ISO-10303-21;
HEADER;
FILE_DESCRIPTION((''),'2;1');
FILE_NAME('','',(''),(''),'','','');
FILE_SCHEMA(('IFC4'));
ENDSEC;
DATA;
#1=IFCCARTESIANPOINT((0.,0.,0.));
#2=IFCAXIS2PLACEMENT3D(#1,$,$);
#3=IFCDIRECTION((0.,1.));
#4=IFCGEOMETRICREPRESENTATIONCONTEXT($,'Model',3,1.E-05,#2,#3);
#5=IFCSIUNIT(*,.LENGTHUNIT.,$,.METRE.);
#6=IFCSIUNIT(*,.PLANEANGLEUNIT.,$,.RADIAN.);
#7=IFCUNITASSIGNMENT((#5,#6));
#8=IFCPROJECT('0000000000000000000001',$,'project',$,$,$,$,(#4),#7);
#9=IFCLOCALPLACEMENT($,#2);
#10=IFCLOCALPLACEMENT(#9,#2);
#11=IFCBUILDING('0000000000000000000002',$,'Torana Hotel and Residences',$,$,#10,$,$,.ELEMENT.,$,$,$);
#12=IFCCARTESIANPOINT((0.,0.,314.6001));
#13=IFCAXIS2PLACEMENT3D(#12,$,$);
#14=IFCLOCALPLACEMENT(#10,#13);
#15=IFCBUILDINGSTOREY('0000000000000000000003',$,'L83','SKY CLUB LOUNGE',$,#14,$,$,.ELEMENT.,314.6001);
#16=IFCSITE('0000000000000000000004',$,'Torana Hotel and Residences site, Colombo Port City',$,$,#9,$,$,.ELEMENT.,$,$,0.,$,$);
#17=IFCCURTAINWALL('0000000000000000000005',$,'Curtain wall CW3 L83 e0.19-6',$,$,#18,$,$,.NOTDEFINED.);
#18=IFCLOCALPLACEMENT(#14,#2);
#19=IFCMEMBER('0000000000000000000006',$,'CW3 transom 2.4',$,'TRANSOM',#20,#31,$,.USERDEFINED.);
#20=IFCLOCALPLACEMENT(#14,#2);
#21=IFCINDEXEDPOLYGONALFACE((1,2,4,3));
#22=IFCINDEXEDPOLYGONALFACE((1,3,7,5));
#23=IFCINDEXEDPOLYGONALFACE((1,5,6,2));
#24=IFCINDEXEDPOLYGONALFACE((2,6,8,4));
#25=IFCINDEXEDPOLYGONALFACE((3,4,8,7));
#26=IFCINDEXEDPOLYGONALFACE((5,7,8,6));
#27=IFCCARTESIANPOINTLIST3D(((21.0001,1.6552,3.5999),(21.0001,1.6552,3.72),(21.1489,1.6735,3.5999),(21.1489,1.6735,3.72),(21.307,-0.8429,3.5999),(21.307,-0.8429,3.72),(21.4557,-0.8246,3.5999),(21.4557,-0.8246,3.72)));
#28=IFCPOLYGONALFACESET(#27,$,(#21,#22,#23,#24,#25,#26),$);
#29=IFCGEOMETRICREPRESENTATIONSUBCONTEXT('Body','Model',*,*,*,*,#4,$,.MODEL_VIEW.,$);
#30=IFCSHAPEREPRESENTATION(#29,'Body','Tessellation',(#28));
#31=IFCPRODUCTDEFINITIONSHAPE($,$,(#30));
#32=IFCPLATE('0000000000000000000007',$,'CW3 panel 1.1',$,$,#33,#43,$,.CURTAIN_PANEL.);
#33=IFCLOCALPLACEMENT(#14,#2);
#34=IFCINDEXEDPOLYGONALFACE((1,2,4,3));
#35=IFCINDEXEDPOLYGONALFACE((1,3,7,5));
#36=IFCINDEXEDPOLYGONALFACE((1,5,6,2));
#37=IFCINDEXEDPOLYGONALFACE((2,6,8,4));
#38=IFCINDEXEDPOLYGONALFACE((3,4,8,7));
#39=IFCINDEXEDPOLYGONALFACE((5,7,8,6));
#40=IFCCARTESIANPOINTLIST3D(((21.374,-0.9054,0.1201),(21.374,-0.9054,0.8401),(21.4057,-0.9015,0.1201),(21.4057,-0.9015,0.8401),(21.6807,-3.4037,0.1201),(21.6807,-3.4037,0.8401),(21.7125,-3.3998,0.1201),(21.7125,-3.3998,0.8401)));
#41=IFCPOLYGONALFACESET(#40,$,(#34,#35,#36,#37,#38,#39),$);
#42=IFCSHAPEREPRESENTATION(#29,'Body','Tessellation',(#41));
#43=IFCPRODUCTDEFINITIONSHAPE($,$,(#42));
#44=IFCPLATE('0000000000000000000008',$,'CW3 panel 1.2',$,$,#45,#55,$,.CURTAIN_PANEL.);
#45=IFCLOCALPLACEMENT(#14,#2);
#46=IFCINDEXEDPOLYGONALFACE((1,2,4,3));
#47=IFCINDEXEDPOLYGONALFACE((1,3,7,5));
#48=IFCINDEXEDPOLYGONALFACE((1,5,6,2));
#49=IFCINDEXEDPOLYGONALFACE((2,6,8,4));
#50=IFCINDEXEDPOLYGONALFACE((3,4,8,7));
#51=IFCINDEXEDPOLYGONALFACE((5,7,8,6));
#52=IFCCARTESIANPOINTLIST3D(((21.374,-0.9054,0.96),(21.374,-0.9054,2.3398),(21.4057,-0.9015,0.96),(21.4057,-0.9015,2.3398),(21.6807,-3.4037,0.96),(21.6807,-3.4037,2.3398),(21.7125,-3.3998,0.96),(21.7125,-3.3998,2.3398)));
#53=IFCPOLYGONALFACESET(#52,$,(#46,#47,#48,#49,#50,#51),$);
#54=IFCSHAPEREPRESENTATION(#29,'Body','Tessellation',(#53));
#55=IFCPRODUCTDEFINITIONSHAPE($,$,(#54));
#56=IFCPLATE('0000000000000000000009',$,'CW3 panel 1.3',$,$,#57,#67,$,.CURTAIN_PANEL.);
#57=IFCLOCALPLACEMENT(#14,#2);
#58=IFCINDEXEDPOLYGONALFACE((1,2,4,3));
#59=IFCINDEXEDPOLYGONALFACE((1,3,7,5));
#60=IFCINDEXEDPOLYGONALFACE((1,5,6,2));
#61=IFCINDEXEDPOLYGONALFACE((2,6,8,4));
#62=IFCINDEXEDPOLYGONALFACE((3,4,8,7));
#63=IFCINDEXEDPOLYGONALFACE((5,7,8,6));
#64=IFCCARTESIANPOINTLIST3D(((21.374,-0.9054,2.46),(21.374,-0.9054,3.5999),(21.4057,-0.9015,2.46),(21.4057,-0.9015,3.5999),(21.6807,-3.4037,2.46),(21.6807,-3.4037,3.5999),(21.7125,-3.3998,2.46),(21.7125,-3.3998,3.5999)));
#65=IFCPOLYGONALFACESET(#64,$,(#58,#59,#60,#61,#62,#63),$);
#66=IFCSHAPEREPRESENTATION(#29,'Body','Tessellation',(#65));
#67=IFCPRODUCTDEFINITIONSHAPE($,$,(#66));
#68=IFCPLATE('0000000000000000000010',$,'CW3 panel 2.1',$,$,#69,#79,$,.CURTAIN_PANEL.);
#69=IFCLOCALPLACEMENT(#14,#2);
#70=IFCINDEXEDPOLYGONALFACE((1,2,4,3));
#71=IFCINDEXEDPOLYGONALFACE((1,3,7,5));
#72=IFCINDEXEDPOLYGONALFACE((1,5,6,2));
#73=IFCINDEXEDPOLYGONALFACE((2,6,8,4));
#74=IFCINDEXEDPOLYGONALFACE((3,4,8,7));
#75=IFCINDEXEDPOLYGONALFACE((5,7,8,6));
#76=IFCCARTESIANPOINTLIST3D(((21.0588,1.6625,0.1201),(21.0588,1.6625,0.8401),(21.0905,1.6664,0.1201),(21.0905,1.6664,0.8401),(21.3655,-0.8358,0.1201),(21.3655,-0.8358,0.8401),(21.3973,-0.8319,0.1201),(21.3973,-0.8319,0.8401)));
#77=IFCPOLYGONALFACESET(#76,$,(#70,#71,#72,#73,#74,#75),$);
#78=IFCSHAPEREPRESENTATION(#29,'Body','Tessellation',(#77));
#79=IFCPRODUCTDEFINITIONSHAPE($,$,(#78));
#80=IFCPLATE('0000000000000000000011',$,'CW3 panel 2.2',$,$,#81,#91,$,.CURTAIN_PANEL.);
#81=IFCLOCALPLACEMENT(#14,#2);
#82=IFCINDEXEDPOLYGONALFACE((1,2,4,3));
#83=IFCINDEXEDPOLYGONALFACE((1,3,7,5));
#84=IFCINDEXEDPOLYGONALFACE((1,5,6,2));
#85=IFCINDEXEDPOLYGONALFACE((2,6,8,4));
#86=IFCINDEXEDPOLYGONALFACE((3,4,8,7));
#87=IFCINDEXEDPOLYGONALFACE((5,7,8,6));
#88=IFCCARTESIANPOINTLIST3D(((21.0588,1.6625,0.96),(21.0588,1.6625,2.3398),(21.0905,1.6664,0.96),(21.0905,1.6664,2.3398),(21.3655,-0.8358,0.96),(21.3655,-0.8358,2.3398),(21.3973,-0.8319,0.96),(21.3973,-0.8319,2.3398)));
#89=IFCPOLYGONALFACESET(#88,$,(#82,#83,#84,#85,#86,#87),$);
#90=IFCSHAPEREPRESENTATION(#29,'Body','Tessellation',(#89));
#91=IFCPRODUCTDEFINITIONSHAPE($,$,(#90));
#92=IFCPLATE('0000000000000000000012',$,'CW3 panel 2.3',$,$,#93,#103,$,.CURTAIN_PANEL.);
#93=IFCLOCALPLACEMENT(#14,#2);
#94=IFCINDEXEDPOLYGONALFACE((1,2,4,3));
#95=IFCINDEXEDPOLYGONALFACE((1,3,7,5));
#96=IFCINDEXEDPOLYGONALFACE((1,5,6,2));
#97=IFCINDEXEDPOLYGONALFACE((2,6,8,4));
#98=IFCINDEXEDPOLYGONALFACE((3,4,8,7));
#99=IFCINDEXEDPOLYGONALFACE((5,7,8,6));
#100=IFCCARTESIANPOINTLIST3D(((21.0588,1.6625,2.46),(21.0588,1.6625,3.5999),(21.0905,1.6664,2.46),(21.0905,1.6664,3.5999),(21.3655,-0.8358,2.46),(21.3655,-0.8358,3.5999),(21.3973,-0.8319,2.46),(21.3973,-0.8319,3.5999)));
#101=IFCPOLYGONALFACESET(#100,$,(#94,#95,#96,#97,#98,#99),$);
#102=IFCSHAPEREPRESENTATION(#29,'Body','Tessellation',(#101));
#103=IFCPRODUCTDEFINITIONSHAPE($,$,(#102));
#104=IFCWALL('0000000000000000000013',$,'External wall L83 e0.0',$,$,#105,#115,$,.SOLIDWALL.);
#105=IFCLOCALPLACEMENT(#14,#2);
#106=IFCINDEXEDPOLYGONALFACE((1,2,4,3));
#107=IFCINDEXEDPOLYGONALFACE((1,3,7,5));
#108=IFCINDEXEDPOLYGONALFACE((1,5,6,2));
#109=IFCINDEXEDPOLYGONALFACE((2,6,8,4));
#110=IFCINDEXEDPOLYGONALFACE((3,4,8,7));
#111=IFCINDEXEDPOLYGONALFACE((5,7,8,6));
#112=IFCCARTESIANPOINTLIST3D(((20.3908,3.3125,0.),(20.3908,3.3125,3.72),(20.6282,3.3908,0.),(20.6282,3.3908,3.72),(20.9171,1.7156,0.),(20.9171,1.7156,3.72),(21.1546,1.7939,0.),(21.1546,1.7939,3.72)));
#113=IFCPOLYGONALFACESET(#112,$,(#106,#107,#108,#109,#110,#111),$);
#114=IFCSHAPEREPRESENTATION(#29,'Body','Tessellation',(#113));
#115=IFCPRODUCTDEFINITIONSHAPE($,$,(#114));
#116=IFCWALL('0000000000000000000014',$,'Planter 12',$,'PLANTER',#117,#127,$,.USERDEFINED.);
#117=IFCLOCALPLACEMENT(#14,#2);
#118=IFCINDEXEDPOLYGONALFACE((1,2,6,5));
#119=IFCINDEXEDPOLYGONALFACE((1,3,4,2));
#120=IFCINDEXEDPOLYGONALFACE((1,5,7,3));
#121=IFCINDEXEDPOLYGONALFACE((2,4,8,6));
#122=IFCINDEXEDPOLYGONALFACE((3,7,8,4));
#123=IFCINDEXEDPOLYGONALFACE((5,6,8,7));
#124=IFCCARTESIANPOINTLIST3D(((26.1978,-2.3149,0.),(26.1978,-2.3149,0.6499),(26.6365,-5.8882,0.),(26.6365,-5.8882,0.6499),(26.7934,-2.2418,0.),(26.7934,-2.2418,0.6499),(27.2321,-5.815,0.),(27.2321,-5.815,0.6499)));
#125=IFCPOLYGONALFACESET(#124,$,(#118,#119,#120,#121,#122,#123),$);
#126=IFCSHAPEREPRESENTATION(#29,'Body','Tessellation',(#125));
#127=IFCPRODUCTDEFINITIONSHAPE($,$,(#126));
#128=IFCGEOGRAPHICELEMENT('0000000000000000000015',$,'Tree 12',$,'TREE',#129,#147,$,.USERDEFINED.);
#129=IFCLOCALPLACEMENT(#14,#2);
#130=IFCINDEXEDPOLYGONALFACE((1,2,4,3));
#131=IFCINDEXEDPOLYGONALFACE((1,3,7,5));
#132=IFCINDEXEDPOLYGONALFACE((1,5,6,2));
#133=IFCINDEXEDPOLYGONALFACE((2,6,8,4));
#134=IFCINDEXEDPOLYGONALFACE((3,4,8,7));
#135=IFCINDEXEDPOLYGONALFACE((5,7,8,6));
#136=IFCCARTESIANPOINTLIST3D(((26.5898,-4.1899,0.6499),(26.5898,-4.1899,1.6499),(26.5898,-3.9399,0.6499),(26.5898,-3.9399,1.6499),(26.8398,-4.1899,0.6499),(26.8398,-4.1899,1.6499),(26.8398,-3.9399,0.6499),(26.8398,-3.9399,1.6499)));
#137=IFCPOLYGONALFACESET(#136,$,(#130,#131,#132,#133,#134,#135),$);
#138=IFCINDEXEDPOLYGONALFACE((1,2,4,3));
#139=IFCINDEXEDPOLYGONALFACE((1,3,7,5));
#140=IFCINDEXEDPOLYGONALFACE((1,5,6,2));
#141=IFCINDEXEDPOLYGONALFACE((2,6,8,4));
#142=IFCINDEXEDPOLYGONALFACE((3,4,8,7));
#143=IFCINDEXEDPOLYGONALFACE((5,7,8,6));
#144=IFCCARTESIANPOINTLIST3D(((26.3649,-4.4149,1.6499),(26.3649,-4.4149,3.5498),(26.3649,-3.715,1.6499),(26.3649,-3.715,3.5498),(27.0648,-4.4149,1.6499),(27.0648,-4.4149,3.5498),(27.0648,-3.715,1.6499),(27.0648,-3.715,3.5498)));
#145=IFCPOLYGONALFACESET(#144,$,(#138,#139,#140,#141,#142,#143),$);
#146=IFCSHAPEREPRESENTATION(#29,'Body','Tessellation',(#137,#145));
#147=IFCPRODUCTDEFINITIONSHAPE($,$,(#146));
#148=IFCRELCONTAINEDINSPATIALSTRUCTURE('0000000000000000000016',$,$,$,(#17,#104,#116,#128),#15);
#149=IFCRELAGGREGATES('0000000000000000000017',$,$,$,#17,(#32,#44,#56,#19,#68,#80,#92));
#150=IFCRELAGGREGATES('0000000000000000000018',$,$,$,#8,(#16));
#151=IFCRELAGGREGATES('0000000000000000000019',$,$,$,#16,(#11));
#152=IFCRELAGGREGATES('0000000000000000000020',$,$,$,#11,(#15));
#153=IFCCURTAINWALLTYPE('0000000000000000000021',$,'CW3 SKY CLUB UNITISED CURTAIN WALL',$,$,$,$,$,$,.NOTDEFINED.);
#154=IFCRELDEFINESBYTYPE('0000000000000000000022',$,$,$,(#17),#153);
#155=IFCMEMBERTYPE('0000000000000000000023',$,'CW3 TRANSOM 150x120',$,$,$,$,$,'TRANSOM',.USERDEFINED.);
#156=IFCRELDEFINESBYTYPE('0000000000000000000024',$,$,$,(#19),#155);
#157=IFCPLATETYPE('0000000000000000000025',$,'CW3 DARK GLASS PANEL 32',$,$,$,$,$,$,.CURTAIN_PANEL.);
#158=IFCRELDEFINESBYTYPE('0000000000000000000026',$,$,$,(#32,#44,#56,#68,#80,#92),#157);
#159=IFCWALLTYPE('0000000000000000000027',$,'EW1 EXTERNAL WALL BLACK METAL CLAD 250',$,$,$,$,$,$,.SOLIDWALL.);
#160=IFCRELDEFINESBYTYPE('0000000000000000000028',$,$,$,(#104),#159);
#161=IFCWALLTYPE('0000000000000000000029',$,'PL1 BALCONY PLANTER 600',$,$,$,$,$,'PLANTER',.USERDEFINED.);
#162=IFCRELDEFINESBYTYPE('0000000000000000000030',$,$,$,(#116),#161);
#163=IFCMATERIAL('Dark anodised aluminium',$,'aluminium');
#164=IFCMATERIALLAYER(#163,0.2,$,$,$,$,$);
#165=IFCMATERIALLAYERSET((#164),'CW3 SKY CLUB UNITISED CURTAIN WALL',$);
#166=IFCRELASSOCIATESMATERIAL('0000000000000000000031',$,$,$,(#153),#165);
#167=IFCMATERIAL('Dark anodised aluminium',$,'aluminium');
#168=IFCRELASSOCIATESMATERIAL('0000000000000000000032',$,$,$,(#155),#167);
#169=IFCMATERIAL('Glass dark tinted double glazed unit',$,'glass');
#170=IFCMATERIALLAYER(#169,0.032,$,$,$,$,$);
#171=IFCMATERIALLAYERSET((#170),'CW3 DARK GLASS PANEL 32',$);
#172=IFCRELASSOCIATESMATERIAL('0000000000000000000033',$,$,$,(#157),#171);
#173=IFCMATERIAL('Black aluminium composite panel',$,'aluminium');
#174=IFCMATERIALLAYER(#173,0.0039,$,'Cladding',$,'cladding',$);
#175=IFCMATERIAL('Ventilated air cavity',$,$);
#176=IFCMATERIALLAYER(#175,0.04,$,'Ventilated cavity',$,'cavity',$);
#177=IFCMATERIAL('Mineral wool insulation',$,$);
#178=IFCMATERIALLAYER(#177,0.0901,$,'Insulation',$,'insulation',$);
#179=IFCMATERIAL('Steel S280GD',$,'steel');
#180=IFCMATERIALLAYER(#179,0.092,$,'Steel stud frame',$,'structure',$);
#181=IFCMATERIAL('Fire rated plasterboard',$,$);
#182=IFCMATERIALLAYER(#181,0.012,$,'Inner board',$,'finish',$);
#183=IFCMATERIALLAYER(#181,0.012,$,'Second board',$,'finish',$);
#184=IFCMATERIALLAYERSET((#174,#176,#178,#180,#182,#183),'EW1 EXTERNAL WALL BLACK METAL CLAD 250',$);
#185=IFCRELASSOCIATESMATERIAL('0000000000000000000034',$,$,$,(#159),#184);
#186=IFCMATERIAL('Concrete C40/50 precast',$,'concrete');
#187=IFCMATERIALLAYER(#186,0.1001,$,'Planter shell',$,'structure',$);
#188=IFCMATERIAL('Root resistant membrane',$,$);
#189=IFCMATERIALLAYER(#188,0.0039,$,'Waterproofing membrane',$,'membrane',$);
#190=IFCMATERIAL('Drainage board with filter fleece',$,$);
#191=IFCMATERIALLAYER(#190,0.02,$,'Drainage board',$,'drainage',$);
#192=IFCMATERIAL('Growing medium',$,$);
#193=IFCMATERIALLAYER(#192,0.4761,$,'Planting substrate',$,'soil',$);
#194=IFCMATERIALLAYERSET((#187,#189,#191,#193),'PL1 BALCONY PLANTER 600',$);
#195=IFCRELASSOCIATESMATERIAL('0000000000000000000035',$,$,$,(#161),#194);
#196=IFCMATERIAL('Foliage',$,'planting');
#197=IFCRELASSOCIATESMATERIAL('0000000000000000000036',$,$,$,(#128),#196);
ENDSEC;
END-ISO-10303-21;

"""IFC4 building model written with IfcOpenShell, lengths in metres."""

from ifc_helpers import new_model, si_unit, direction, frame, frame_2d, origin, origin_2d, place, context, subcontext, project, spatial, rectangle, extrude, material, layer, layer_set, material_profile, profile_set, type_object, element, aggregate, save


model = new_model("IFC4")

# Units and contexts
model_context = context("Model", 3, precision=1e-05, world=origin(), true_north=direction((0.0, 1.0)))
body_context = subcontext(model_context, "Body", "Model", "MODEL_VIEW")
ifc_project = project(units=[si_unit("LENGTHUNIT", "METRE"), si_unit("PLANEANGLEUNIT", "RADIAN")], contexts=[model_context])

# Site, building, storey
site_placement = place(None, origin())
site = spatial("IfcSite", under=ifc_project, at=site_placement, Name="Torana Hotel and Residences site, Colombo Port City", CompositionType="ELEMENT", RefElevation=0.0)
building_placement = place(site_placement, origin())
building = spatial("IfcBuilding", under=site, at=building_placement, Name="Torana Hotel and Residences", CompositionType="ELEMENT")
storey_placement = place(building_placement, frame((0.0, 0.0, 314.6001)))
storey = spatial("IfcBuildingStorey", under=building, at=storey_placement, Name="L83", Description="SKY CLUB LOUNGE", CompositionType="ELEMENT", Elevation=314.6001)

# Curtain wall, member, plates
ifc_material_1 = material(Name="Dark anodised aluminium", Category="aluminium")
ifc_layer_1 = layer(ifc_material_1, 0.2)
ifc_layer_set_1 = layer_set([ifc_layer_1], Name="CW3 SKY CLUB UNITISED CURTAIN WALL")
curtain_wall_type = type_object("IfcCurtainWallType", Name="CW3 SKY CLUB UNITISED CURTAIN WALL", PredefinedType="NOTDEFINED", material=ifc_layer_set_1)
curtain_wall_placement = place(storey_placement, origin())
curtain_wall = element("IfcCurtainWall", 1, at=curtain_wall_placement, inside=storey, type_object=curtain_wall_type, Name="Curtain wall CW3 L83 e0.19-6", PredefinedType="NOTDEFINED")
ifc_material_2 = material(Name="Dark anodised aluminium", Category="aluminium")
ifc_material_profile_1 = material_profile(ifc_material_2, rectangle(XDim=0.1499, YDim=0.1201, at=origin_2d()), Name="CW3 TRANSOM 150x120")
ifc_profile_set_1 = profile_set([ifc_material_profile_1], Name="Dark anodised aluminium")
member_type_1 = type_object("IfcMemberType", Name="CW3 TRANSOM 150x120", ElementType="TRANSOM", PredefinedType="USERDEFINED", material=ifc_profile_set_1)
member_1_placement = place(storey_placement, frame((21.3813, -0.8337, 3.6599), z_axis=(-0.121933, 0.992538, 0.0), x_axis=(-0.992538, -0.121933, 0.0)))
member_1 = element("IfcMember", 2, at=member_1_placement, type_object=member_type_1, Name="CW3 transom 2.4", ObjectType="TRANSOM", PredefinedType="USERDEFINED", context=body_context, shape_type="SweptSolid", body=[
    extrude(rectangle(XDim=0.1499, YDim=0.1201, at=origin_2d()), origin(), (0.0, 0.0, 1.0), 2.5168),
])
ifc_material_3 = material(Name="Glass dark tinted double glazed unit", Category="glass")
ifc_layer_2 = layer(ifc_material_3, 0.032)
ifc_layer_set_2 = layer_set([ifc_layer_2], Name="CW3 DARK GLASS PANEL 32")
plate_type = type_object("IfcPlateType", Name="CW3 DARK GLASS PANEL 32", PredefinedType="CURTAIN_PANEL", material=ifc_layer_set_2)
plate_1_placement = place(storey_placement, frame((21.5432, -2.1526, 0.1201), z_axis=(0.0, 0.0, 1.0), x_axis=(-0.121871, 0.992546, 0.0)))
plate_1 = element("IfcPlate", 3, at=plate_1_placement, type_object=plate_type, Name="CW3 panel 1.1", PredefinedType="CURTAIN_PANEL", context=body_context, shape_type="SweptSolid", body=[
    extrude(rectangle(XDim=2.5171, YDim=0.032, at=origin_2d()), origin(), (0.0, 0.0, 1.0), 0.72),
])
plate_2_placement = place(storey_placement, frame((21.5432, -2.1526, 0.96), z_axis=(0.0, 0.0, 1.0), x_axis=(-0.121871, 0.992546, 0.0)))
plate_2 = element("IfcPlate", 4, at=plate_2_placement, type_object=plate_type, Name="CW3 panel 1.2", PredefinedType="CURTAIN_PANEL", context=body_context, shape_type="SweptSolid", body=[
    extrude(rectangle(XDim=2.5171, YDim=0.032, at=origin_2d()), origin(), (0.0, 0.0, 1.0), 1.3799),
])
plate_3_placement = place(storey_placement, frame((21.5432, -2.1526, 2.46), z_axis=(0.0, 0.0, 1.0), x_axis=(-0.121871, 0.992546, 0.0)))
plate_3 = element("IfcPlate", 5, at=plate_3_placement, type_object=plate_type, Name="CW3 panel 1.3", PredefinedType="CURTAIN_PANEL", context=body_context, shape_type="SweptSolid", body=[
    extrude(rectangle(XDim=2.5171, YDim=0.032, at=origin_2d()), origin(), (0.0, 0.0, 1.0), 1.1399),
])
plate_4_placement = place(storey_placement, frame((21.228, 0.4153, 0.1201), z_axis=(0.0, 0.0, 1.0), x_axis=(-0.121871, 0.992546, 0.0)))
plate_4 = element("IfcPlate", 6, at=plate_4_placement, type_object=plate_type, Name="CW3 panel 2.1", PredefinedType="CURTAIN_PANEL", context=body_context, shape_type="SweptSolid", body=[
    extrude(rectangle(XDim=2.5171, YDim=0.032, at=origin_2d()), origin(), (0.0, 0.0, 1.0), 0.72),
])
plate_5_placement = place(storey_placement, frame((21.228, 0.4153, 0.96), z_axis=(0.0, 0.0, 1.0), x_axis=(-0.121871, 0.992546, 0.0)))
plate_5 = element("IfcPlate", 7, at=plate_5_placement, type_object=plate_type, Name="CW3 panel 2.2", PredefinedType="CURTAIN_PANEL", context=body_context, shape_type="SweptSolid", body=[
    extrude(rectangle(XDim=2.5171, YDim=0.032, at=origin_2d()), origin(), (0.0, 0.0, 1.0), 1.3799),
])
plate_6_placement = place(storey_placement, frame((21.228, 0.4153, 2.46), z_axis=(0.0, 0.0, 1.0), x_axis=(-0.121871, 0.992546, 0.0)))
plate_6 = element("IfcPlate", 8, at=plate_6_placement, type_object=plate_type, Name="CW3 panel 2.3", PredefinedType="CURTAIN_PANEL", context=body_context, shape_type="SweptSolid", body=[
    extrude(rectangle(XDim=2.5171, YDim=0.032, at=origin_2d()), origin(), (0.0, 0.0, 1.0), 1.1399),
])
aggregate(curtain_wall, [plate_1, plate_2, plate_3, member_1, plate_4, plate_5, plate_6])

# Walls
ifc_material_4 = material(Name="Black aluminium composite panel", Category="aluminium")
ifc_layer_3 = layer(ifc_material_4, 0.0039, Name="Cladding", Category="cladding")
ifc_material_5 = material(Name="Ventilated air cavity")
ifc_layer_4 = layer(ifc_material_5, 0.04, Name="Ventilated cavity", Category="cavity")
ifc_material_6 = material(Name="Mineral wool insulation")
ifc_layer_5 = layer(ifc_material_6, 0.0901, Name="Insulation", Category="insulation")
ifc_material_7 = material(Name="Steel S280GD", Category="steel")
ifc_layer_6 = layer(ifc_material_7, 0.092, Name="Steel stud frame", Category="structure")
ifc_material_8 = material(Name="Fire rated plasterboard")
ifc_layer_7 = layer(ifc_material_8, 0.012, Name="Inner board", Category="finish")
ifc_layer_8 = layer(ifc_material_8, 0.012, Name="Second board", Category="finish")
ifc_layer_set_3 = layer_set([ifc_layer_3, ifc_layer_4, ifc_layer_5, ifc_layer_6, ifc_layer_7, ifc_layer_8], Name="EW1 EXTERNAL WALL BLACK METAL CLAD 250")
wall_type_1 = type_object("IfcWallType", Name="EW1 EXTERNAL WALL BLACK METAL CLAD 250", PredefinedType="SOLIDWALL", material=ifc_layer_set_3)
wall_1_placement = place(storey_placement, frame((21.0359, 1.7546, 0.0), z_axis=(0.0, 0.0, 1.0), x_axis=(-0.313046, 0.949738, 0.0)))
element("IfcWall", 9, at=wall_1_placement, inside=storey, type_object=wall_type_1, Name="External wall L83 e0.0", PredefinedType="SOLIDWALL", context=body_context, shape_type="SweptSolid", body=[
    extrude(rectangle(XDim=1.6814, YDim=0.25, at=frame_2d((0.8408, 0.0))), origin(), (0.0, 0.0, 1.0), 3.72),
])
ifc_material_9 = material(Name="Concrete C40/50 precast", Category="concrete")
ifc_layer_9 = layer(ifc_material_9, 0.1001, Name="Planter shell", Category="structure")
ifc_material_10 = material(Name="Root resistant membrane")
ifc_layer_10 = layer(ifc_material_10, 0.0039, Name="Waterproofing membrane", Category="membrane")
ifc_material_11 = material(Name="Drainage board with filter fleece")
ifc_layer_11 = layer(ifc_material_11, 0.02, Name="Drainage board", Category="drainage")
ifc_material_12 = material(Name="Growing medium")
ifc_layer_12 = layer(ifc_material_12, 0.4761, Name="Planting substrate", Category="soil")
ifc_layer_set_4 = layer_set([ifc_layer_9, ifc_layer_10, ifc_layer_11, ifc_layer_12], Name="PL1 BALCONY PLANTER 600")
wall_type_2 = type_object("IfcWallType", Name="PL1 BALCONY PLANTER 600", ElementType="PLANTER", PredefinedType="USERDEFINED", material=ifc_layer_set_4)
wall_2_placement = place(storey_placement, frame((26.4956, -2.2783, 0.0), z_axis=(0.0, 0.0, 1.0), x_axis=(0.121864, -0.992547, 0.0)))
element("IfcWall", 10, at=wall_2_placement, inside=storey, type_object=wall_type_2, Name="Planter 12", ObjectType="PLANTER", PredefinedType="USERDEFINED", context=body_context, shape_type="SweptSolid", body=[
    extrude(rectangle(XDim=3.6001, YDim=0.6001, at=frame_2d((1.8, 0.0))), origin(), (0.0, 0.0, 1.0), 0.6499),
])

# Geographic element
ifc_material_13 = material(Name="Foliage", Category="planting")
geographic_element_placement = place(storey_placement, frame((26.7148, -4.0649, 0.6499), z_axis=(0.0, 0.0, 1.0), x_axis=(1.0, 0.0, 0.0)))
element("IfcGeographicElement", 11, at=geographic_element_placement, inside=storey, material=ifc_material_13, Name="Tree 12", ObjectType="TREE", PredefinedType="USERDEFINED", context=body_context, shape_type="SweptSolid", body=[
    extrude(rectangle(XDim=0.25, YDim=0.25, at=origin_2d()), origin(), (0.0, 0.0, 1.0), 1.0),
    extrude(rectangle(XDim=0.7, YDim=0.7, at=origin_2d()), frame((0.0, 0.0, 1.0)), (0.0, 0.0, 1.0), 1.8999),
])

save(model, "model.ifc")
